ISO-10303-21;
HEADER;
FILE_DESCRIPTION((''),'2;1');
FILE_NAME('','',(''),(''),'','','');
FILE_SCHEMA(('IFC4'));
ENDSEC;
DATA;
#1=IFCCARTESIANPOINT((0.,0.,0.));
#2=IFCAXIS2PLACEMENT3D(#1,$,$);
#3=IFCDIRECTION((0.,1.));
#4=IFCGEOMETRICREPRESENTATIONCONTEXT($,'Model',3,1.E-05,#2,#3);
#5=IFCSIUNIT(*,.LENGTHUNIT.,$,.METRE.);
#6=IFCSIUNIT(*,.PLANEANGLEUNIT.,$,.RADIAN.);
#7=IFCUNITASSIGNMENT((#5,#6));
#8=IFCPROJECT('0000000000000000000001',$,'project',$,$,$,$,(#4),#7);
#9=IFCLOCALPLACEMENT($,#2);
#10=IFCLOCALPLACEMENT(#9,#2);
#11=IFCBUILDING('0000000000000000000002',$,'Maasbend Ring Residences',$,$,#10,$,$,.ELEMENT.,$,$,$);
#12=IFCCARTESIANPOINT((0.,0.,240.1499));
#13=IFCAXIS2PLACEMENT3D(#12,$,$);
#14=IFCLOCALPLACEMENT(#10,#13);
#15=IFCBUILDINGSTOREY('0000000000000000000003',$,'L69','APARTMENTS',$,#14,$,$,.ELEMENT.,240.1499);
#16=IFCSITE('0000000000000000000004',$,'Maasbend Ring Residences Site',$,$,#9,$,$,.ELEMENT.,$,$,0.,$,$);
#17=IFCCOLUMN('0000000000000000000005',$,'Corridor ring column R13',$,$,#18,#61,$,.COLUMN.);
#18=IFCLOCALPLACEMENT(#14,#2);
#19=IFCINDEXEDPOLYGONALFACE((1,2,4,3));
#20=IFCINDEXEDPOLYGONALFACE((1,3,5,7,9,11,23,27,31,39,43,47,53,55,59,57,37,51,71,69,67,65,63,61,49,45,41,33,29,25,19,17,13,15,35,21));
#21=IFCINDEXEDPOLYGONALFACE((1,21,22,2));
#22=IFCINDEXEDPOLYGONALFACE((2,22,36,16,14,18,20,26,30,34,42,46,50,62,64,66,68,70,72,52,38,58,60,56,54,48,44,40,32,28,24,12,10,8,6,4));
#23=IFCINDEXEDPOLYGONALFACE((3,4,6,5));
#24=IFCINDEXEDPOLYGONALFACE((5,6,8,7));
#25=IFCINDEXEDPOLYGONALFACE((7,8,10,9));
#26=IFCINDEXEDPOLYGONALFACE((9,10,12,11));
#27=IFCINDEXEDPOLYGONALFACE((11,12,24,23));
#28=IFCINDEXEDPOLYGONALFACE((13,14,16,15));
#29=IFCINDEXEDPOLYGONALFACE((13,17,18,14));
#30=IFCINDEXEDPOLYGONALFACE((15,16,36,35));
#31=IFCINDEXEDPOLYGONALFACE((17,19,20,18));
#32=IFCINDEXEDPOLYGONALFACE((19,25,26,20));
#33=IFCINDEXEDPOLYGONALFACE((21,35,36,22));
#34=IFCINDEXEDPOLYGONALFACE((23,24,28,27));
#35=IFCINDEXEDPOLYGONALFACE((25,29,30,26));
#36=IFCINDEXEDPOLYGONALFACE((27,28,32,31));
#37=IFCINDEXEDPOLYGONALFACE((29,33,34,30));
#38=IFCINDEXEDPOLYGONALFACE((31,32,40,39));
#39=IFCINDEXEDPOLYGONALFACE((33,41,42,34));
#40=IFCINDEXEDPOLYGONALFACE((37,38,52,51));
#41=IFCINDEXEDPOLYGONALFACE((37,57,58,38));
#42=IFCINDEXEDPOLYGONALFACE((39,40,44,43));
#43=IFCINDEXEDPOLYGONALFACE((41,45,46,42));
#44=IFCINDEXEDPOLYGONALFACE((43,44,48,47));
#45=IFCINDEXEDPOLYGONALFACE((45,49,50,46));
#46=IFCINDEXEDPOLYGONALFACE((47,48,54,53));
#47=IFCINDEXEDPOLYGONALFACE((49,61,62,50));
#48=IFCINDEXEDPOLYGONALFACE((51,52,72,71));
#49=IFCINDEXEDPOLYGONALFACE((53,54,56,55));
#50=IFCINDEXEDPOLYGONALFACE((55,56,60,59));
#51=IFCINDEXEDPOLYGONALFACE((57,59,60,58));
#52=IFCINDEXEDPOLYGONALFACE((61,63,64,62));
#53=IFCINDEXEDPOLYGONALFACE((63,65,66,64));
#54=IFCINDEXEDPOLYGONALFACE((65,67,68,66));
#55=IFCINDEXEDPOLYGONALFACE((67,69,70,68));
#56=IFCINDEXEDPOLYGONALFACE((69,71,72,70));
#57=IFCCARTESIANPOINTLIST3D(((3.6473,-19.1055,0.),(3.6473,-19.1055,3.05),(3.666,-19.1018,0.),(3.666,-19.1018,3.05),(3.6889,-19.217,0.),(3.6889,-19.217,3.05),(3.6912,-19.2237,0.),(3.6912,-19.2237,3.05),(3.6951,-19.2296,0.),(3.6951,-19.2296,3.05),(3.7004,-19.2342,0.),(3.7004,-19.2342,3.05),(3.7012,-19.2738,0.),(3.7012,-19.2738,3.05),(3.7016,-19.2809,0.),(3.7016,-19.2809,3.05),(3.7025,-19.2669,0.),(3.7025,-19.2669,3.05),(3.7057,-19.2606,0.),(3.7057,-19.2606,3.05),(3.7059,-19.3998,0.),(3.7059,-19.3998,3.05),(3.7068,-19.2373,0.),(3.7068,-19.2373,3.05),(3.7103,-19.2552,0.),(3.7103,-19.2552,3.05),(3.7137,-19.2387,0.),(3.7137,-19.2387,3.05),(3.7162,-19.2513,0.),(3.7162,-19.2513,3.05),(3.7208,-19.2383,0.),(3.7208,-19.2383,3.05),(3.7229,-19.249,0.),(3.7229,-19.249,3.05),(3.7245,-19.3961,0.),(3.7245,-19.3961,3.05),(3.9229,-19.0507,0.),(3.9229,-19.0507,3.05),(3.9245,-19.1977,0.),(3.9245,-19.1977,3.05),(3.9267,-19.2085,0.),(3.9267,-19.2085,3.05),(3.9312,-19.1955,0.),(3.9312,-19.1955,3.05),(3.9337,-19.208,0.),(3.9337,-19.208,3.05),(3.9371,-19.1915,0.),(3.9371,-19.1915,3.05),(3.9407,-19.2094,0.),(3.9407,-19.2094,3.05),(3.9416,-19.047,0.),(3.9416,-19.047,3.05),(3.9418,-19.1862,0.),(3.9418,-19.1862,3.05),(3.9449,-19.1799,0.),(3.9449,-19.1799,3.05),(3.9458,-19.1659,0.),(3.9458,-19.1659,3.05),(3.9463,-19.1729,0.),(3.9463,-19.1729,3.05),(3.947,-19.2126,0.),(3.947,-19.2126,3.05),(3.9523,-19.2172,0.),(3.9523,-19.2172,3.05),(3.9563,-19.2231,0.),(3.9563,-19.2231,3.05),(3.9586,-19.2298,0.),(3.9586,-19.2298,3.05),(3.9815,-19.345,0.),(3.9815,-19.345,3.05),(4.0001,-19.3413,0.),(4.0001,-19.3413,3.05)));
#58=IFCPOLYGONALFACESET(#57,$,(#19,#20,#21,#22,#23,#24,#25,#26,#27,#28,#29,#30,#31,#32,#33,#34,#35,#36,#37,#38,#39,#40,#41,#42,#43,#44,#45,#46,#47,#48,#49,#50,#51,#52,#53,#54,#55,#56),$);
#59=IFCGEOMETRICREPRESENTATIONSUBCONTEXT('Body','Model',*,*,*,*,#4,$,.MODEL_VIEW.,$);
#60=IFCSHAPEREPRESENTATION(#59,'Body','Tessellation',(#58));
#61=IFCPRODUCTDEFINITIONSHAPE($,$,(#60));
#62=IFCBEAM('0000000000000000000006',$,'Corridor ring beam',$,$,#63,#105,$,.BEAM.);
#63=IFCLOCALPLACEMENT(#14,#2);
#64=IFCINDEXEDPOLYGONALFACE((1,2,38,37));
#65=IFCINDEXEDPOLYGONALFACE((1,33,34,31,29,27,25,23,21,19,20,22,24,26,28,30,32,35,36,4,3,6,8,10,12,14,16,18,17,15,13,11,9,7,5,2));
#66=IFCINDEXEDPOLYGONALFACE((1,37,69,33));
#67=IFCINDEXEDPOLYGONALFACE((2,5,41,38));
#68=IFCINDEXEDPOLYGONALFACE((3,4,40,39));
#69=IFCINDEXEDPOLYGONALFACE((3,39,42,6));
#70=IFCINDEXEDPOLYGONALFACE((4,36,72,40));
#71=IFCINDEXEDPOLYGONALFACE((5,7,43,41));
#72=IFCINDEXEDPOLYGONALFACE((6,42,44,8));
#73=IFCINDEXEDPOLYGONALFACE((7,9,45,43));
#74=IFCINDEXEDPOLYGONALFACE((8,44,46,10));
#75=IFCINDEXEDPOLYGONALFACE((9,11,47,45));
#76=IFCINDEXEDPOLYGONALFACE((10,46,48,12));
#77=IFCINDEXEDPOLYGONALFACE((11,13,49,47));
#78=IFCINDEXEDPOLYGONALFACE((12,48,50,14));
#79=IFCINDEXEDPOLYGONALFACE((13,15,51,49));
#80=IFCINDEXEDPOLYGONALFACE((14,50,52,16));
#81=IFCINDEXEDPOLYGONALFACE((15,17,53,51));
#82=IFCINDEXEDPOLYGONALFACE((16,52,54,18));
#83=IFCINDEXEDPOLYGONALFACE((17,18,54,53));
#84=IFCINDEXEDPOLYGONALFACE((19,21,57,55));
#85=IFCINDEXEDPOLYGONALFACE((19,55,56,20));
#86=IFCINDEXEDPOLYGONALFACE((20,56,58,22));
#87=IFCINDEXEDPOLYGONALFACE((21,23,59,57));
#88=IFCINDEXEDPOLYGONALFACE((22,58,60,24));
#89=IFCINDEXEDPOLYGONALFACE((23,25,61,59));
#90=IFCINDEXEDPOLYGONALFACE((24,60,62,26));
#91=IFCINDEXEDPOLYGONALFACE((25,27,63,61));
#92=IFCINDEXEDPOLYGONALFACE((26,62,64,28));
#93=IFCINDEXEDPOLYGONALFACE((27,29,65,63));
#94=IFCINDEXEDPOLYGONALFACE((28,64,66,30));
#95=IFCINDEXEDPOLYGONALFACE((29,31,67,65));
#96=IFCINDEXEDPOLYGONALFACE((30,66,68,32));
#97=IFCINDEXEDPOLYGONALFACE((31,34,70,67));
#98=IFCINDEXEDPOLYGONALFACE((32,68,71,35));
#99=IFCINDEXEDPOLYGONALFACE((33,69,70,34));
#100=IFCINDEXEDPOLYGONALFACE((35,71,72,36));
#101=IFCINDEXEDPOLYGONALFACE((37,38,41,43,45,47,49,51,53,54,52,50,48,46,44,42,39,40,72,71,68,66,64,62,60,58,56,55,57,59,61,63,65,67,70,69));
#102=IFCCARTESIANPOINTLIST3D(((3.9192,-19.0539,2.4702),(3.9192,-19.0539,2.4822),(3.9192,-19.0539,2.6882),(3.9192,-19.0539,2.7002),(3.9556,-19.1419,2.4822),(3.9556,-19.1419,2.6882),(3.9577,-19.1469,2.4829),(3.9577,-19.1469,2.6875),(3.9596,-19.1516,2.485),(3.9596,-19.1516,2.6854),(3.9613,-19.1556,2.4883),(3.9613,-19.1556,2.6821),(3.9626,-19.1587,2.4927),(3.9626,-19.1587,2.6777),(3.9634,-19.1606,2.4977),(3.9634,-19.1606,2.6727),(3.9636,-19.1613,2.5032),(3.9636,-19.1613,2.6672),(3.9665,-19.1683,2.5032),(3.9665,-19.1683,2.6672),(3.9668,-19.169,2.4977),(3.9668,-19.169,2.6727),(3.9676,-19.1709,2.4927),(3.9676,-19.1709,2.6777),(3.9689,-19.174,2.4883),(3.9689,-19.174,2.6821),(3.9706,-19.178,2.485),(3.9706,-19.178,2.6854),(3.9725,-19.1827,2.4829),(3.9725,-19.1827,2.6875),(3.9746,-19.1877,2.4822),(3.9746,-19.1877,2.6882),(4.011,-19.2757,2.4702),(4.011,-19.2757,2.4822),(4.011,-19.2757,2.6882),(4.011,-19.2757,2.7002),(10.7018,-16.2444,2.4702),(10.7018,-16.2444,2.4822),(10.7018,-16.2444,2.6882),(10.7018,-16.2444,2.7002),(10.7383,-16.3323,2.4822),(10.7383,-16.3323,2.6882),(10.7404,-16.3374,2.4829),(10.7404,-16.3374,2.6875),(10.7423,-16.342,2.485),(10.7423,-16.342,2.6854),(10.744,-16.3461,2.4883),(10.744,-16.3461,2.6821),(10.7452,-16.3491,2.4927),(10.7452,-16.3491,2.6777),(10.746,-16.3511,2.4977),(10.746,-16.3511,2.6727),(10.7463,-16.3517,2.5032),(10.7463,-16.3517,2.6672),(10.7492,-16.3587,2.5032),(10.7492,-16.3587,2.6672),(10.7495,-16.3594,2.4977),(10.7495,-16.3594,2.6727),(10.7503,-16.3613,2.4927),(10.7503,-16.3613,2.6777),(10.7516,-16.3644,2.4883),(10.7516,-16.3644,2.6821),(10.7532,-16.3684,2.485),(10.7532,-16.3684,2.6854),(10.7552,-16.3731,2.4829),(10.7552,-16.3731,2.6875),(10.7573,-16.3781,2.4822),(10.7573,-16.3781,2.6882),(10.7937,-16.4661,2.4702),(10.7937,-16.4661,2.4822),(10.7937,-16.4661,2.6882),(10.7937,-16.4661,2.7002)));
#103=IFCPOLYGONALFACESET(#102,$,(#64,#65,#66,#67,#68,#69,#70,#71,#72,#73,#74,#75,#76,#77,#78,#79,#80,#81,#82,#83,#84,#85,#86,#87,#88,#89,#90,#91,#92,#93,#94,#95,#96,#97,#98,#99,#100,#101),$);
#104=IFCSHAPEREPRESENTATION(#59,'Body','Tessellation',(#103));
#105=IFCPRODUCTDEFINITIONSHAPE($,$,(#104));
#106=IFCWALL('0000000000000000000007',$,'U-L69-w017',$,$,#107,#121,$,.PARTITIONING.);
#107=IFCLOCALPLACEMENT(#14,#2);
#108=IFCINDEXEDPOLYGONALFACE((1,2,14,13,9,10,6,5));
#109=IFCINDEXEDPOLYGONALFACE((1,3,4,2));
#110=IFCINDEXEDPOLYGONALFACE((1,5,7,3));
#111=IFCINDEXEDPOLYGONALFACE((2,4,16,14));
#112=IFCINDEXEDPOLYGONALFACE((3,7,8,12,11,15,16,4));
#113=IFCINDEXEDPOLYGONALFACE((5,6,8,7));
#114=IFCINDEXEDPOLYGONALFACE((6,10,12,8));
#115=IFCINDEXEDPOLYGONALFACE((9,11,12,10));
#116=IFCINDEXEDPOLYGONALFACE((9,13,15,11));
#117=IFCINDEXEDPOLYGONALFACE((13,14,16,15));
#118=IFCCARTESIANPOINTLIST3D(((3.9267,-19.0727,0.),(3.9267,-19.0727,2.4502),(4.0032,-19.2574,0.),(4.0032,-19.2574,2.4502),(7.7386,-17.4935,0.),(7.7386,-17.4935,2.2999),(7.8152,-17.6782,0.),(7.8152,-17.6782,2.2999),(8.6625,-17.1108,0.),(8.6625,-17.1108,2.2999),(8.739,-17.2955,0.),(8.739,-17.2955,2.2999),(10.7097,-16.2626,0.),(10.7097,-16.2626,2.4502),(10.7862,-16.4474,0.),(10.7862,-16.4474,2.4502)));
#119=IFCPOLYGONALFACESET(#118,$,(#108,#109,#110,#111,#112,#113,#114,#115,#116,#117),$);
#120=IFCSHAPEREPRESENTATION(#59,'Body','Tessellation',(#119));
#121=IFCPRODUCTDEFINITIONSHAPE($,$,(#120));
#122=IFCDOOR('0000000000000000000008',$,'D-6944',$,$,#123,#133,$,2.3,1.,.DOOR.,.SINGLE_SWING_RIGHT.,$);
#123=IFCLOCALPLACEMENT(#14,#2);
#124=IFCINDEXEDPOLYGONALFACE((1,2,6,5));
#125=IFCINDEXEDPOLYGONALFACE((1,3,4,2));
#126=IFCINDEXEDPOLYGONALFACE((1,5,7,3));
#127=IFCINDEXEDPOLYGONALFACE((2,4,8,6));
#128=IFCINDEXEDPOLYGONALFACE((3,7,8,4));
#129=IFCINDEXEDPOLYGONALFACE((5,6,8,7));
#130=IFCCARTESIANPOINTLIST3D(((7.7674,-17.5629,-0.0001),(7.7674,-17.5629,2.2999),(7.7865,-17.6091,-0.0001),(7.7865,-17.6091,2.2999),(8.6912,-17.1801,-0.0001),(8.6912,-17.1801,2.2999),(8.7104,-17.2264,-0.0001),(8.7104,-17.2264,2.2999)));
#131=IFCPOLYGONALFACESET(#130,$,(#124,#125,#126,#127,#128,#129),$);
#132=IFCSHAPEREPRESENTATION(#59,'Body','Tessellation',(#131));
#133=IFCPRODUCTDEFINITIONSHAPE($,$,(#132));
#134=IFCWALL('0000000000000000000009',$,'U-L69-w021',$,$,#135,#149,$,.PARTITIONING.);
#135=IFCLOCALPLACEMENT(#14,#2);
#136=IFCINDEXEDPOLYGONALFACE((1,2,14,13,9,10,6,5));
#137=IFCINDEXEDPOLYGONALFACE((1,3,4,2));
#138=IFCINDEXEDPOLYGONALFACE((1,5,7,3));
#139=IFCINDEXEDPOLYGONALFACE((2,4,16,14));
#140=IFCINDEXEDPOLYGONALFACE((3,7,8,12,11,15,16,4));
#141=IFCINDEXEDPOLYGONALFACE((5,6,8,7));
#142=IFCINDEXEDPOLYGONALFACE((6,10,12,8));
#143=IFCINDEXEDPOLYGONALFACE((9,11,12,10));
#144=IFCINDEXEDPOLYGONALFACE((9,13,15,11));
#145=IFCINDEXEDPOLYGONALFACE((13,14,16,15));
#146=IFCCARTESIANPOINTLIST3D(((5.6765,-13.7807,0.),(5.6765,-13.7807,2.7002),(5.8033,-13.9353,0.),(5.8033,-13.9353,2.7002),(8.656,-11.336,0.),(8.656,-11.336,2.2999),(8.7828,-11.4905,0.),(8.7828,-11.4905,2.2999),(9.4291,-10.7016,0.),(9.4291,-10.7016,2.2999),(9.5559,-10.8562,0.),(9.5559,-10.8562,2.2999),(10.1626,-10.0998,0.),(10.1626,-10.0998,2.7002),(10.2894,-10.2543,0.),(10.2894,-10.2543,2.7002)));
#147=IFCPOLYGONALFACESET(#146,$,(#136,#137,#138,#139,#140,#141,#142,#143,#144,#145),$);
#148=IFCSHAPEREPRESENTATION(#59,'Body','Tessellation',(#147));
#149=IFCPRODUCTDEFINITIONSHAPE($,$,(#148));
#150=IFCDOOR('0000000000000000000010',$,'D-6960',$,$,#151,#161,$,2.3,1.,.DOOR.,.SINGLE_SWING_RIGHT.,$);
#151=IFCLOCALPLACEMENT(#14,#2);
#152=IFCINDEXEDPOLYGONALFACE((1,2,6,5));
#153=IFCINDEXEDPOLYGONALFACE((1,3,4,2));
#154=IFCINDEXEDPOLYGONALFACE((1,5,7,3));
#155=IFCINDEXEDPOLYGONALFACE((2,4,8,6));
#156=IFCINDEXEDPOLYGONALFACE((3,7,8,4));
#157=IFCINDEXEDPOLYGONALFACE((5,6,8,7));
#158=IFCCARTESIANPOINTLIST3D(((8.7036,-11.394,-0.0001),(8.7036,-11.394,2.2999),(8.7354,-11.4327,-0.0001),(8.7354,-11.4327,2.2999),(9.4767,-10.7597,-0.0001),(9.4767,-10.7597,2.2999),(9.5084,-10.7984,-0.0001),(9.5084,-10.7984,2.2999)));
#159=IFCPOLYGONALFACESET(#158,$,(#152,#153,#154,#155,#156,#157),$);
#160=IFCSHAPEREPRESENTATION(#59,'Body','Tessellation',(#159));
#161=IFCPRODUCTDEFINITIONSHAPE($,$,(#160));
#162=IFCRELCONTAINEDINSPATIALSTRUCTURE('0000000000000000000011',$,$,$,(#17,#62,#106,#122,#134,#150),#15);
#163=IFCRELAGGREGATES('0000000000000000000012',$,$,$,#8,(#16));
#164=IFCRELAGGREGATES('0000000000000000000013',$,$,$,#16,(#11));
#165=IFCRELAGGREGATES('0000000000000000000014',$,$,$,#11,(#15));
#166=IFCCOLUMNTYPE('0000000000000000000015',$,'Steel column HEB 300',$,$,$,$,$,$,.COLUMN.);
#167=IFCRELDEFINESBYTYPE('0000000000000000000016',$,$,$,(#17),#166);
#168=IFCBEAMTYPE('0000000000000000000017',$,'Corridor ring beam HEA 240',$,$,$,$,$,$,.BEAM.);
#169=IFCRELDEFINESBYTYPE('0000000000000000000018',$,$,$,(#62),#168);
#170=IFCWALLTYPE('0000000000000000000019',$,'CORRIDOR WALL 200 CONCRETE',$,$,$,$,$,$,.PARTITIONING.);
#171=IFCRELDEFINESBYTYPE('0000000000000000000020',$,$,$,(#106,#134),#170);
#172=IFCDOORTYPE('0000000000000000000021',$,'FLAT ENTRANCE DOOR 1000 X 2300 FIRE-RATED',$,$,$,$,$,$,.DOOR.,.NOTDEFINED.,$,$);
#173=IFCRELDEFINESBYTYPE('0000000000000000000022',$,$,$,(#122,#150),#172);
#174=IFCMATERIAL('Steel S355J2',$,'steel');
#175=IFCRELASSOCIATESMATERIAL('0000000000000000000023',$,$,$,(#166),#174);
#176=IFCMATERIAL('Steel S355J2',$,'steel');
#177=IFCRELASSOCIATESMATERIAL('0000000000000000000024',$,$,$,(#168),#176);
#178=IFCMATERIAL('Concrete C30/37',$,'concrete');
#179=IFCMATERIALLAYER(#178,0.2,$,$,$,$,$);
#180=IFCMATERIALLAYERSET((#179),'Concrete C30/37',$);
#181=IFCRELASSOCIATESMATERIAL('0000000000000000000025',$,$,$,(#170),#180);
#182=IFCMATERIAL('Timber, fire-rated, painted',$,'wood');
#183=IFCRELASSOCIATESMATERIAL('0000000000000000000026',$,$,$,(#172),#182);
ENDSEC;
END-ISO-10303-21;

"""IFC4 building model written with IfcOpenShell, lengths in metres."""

from ifc_helpers import new_model, si_unit, direction, frame, frame_2d, origin, origin_2d, place, context, subcontext, project, spatial, rectangle, i_section, extrude, material, layer, layer_set, material_profile, profile_set, type_object, element, fill, save


model = new_model("IFC4")

# Units and contexts
model_context = context("Model", 3, precision=1e-05, world=origin(), true_north=direction((0.0, 1.0)))
body_context = subcontext(model_context, "Body", "Model", "MODEL_VIEW")
ifc_project = project(units=[si_unit("LENGTHUNIT", "METRE"), si_unit("PLANEANGLEUNIT", "RADIAN")], contexts=[model_context])

# Site, building, storey
site_placement = place(None, origin())
site = spatial("IfcSite", under=ifc_project, at=site_placement, Name="Maasbend Ring Residences Site", CompositionType="ELEMENT", RefElevation=0.0)
building_placement = place(site_placement, origin())
building = spatial("IfcBuilding", under=site, at=building_placement, Name="Maasbend Ring Residences", CompositionType="ELEMENT")
storey_placement = place(building_placement, frame((0.0, 0.0, 240.1499)))
storey = spatial("IfcBuildingStorey", under=building, at=storey_placement, Name="L69", Description="APARTMENTS", CompositionType="ELEMENT", Elevation=240.1499)

# Column
ifc_material_1 = material(Name="Steel S355J2", Category="steel")
ifc_material_profile_1 = material_profile(ifc_material_1, i_section(OverallWidth=0.3, OverallDepth=0.3, WebThickness=0.011, FlangeThickness=0.019, FilletRadius=0.0271, at=origin_2d()), Name="HEB 300")
ifc_profile_set_1 = profile_set([ifc_material_profile_1], Name="Steel S355J2")
column_type = type_object("IfcColumnType", Name="Steel column HEB 300", PredefinedType="COLUMN", material=ifc_profile_set_1)
column_placement = place(storey_placement, frame((3.8237, -19.2234, 0.0), z_axis=(0.0, 0.0, 1.0), x_axis=(0.19509, -0.980785, 0.0)))
element("IfcColumn", 1, at=column_placement, inside=storey, type_object=column_type, Name="Corridor ring column R13", PredefinedType="COLUMN", context=body_context, shape_type="SweptSolid", body=[
    extrude(i_section(OverallWidth=0.3, OverallDepth=0.3, WebThickness=0.011, FlangeThickness=0.019, FilletRadius=0.0271, at=origin_2d()), origin(), (0.0, 0.0, 1.0), 3.05),
])

# Beam
ifc_material_2 = material(Name="Steel S355J2", Category="steel")
ifc_material_profile_2 = material_profile(ifc_material_2, i_section(OverallWidth=0.24, OverallDepth=0.23, WebThickness=0.0076, FlangeThickness=0.012, FilletRadius=0.021, at=origin_2d()), Name="HEA 240")
ifc_profile_set_2 = profile_set([ifc_material_profile_2], Name="Steel S355J2")
beam_type = type_object("IfcBeamType", Name="Corridor ring beam HEA 240", PredefinedType="BEAM", material=ifc_profile_set_2)
beam_placement = place(storey_placement, frame((3.9651, -19.1648, 2.5852), z_axis=(0.923876, 0.382692, 0.0), x_axis=(-0.382692, 0.923876, 0.0)))
element("IfcBeam", 2, at=beam_placement, inside=storey, type_object=beam_type, Name="Corridor ring beam", PredefinedType="BEAM", context=body_context, shape_type="SweptSolid", body=[
    extrude(i_section(OverallWidth=0.24, OverallDepth=0.23, WebThickness=0.0076, FlangeThickness=0.012, FilletRadius=0.021, at=origin_2d()), origin(), (0.0, 0.0, 1.0), 7.3416),
])

# Walls, openings, doors
ifc_material_3 = material(Name="Concrete C30/37", Category="concrete")
ifc_layer_1 = layer(ifc_material_3, 0.2)
ifc_layer_set_1 = layer_set([ifc_layer_1], Name="Concrete C30/37")
wall_type_1 = type_object("IfcWallType", Name="CORRIDOR WALL 200 CONCRETE", PredefinedType="PARTITIONING", material=ifc_layer_set_1)
wall_1_placement = place(storey_placement, frame((3.9651, -19.165, 0.0), z_axis=(0.0, 0.0, 1.0), x_axis=(0.923857, 0.382737, 0.0)))
wall_1 = element("IfcWall", 3, at=wall_1_placement, inside=storey, type_object=wall_type_1, Name="U-L69-w017", PredefinedType="PARTITIONING", context=body_context, shape_type="SweptSolid", body=[
    extrude(rectangle(XDim=7.342, YDim=0.2, at=frame_2d((3.6709, 0.0))), origin(), (0.0, 0.0, 1.0), 2.4502),
])
opening_1_placement = place(wall_1_placement, frame((4.126, 0.0, 0.0)))
opening_1 = element("IfcOpeningElement", 4, at=opening_1_placement, cuts=wall_1, PredefinedType="OPENING", context=body_context, shape_type="SweptSolid", body=[
    extrude(rectangle(XDim=1.0, YDim=2.3, at=frame_2d((0.5, 1.1499))), frame((0.0, 0.1099, 0.0), z_axis=(0.0, -1.0, 0.0), x_axis=(1.0, 0.0, 0.0)), (0.0, 0.0, 1.0), 0.22),
])
ifc_material_4 = material(Name="Timber, fire-rated, painted", Category="wood")
door_type_1 = type_object("IfcDoorType", Name="FLAT ENTRANCE DOOR 1000 X 2300 FIRE-RATED", OperationType="NOTDEFINED", PredefinedType="DOOR", material=ifc_material_4)
door_1_placement = place(opening_1_placement, origin())
door_1 = element("IfcDoor", 5, at=door_1_placement, inside=storey, type_object=door_type_1, Name="D-6944", OperationType="SINGLE_SWING_RIGHT", OverallHeight=2.3, OverallWidth=1.0, PredefinedType="DOOR", context=body_context, shape_type="SweptSolid", body=[
    extrude(rectangle(XDim=1.0, YDim=2.3, at=frame_2d((0.5, 1.1499))), frame((0.0, 0.0249, 0.0), z_axis=(0.0, -1.0, 0.0), x_axis=(1.0, 0.0, 0.0)), (0.0, 0.0, 1.0), 0.05),
])
fill(opening_1, door_1)
wall_2_placement = place(storey_placement, frame((5.74, -13.8579, 0.0), z_axis=(0.0, 0.0, 1.0), x_axis=(0.773072, 0.634319, 0.0)))
wall_2 = element("IfcWall", 6, at=wall_2_placement, inside=storey, type_object=wall_type_1, Name="U-L69-w021", PredefinedType="PARTITIONING", context=body_context, shape_type="SweptSolid", body=[
    extrude(rectangle(XDim=5.803, YDim=0.2, at=frame_2d((2.9014, 0.0))), origin(), (0.0, 0.0, 1.0), 2.7002),
])
opening_2_placement = place(wall_2_placement, frame((3.854, 0.0, 0.0)))
opening_2 = element("IfcOpeningElement", 7, at=opening_2_placement, cuts=wall_2, PredefinedType="OPENING", context=body_context, shape_type="SweptSolid", body=[
    extrude(rectangle(XDim=1.0, YDim=2.3, at=frame_2d((0.5, 1.1499))), frame((0.0, 0.1099, 0.0), z_axis=(0.0, -1.0, 0.0), x_axis=(1.0, 0.0, 0.0)), (0.0, 0.0, 1.0), 0.22),
])
door_2_placement = place(opening_2_placement, origin())
door_2 = element("IfcDoor", 8, at=door_2_placement, inside=storey, type_object=door_type_1, Name="D-6960", OperationType="SINGLE_SWING_RIGHT", OverallHeight=2.3, OverallWidth=1.0, PredefinedType="DOOR", context=body_context, shape_type="SweptSolid", body=[
    extrude(rectangle(XDim=1.0, YDim=2.3, at=frame_2d((0.5, 1.1499))), frame((0.0, 0.0249, 0.0), z_axis=(0.0, -1.0, 0.0), x_axis=(1.0, 0.0, 0.0)), (0.0, 0.0, 1.0), 0.05),
])
fill(opening_2, door_2)

save(model, "model.ifc")
